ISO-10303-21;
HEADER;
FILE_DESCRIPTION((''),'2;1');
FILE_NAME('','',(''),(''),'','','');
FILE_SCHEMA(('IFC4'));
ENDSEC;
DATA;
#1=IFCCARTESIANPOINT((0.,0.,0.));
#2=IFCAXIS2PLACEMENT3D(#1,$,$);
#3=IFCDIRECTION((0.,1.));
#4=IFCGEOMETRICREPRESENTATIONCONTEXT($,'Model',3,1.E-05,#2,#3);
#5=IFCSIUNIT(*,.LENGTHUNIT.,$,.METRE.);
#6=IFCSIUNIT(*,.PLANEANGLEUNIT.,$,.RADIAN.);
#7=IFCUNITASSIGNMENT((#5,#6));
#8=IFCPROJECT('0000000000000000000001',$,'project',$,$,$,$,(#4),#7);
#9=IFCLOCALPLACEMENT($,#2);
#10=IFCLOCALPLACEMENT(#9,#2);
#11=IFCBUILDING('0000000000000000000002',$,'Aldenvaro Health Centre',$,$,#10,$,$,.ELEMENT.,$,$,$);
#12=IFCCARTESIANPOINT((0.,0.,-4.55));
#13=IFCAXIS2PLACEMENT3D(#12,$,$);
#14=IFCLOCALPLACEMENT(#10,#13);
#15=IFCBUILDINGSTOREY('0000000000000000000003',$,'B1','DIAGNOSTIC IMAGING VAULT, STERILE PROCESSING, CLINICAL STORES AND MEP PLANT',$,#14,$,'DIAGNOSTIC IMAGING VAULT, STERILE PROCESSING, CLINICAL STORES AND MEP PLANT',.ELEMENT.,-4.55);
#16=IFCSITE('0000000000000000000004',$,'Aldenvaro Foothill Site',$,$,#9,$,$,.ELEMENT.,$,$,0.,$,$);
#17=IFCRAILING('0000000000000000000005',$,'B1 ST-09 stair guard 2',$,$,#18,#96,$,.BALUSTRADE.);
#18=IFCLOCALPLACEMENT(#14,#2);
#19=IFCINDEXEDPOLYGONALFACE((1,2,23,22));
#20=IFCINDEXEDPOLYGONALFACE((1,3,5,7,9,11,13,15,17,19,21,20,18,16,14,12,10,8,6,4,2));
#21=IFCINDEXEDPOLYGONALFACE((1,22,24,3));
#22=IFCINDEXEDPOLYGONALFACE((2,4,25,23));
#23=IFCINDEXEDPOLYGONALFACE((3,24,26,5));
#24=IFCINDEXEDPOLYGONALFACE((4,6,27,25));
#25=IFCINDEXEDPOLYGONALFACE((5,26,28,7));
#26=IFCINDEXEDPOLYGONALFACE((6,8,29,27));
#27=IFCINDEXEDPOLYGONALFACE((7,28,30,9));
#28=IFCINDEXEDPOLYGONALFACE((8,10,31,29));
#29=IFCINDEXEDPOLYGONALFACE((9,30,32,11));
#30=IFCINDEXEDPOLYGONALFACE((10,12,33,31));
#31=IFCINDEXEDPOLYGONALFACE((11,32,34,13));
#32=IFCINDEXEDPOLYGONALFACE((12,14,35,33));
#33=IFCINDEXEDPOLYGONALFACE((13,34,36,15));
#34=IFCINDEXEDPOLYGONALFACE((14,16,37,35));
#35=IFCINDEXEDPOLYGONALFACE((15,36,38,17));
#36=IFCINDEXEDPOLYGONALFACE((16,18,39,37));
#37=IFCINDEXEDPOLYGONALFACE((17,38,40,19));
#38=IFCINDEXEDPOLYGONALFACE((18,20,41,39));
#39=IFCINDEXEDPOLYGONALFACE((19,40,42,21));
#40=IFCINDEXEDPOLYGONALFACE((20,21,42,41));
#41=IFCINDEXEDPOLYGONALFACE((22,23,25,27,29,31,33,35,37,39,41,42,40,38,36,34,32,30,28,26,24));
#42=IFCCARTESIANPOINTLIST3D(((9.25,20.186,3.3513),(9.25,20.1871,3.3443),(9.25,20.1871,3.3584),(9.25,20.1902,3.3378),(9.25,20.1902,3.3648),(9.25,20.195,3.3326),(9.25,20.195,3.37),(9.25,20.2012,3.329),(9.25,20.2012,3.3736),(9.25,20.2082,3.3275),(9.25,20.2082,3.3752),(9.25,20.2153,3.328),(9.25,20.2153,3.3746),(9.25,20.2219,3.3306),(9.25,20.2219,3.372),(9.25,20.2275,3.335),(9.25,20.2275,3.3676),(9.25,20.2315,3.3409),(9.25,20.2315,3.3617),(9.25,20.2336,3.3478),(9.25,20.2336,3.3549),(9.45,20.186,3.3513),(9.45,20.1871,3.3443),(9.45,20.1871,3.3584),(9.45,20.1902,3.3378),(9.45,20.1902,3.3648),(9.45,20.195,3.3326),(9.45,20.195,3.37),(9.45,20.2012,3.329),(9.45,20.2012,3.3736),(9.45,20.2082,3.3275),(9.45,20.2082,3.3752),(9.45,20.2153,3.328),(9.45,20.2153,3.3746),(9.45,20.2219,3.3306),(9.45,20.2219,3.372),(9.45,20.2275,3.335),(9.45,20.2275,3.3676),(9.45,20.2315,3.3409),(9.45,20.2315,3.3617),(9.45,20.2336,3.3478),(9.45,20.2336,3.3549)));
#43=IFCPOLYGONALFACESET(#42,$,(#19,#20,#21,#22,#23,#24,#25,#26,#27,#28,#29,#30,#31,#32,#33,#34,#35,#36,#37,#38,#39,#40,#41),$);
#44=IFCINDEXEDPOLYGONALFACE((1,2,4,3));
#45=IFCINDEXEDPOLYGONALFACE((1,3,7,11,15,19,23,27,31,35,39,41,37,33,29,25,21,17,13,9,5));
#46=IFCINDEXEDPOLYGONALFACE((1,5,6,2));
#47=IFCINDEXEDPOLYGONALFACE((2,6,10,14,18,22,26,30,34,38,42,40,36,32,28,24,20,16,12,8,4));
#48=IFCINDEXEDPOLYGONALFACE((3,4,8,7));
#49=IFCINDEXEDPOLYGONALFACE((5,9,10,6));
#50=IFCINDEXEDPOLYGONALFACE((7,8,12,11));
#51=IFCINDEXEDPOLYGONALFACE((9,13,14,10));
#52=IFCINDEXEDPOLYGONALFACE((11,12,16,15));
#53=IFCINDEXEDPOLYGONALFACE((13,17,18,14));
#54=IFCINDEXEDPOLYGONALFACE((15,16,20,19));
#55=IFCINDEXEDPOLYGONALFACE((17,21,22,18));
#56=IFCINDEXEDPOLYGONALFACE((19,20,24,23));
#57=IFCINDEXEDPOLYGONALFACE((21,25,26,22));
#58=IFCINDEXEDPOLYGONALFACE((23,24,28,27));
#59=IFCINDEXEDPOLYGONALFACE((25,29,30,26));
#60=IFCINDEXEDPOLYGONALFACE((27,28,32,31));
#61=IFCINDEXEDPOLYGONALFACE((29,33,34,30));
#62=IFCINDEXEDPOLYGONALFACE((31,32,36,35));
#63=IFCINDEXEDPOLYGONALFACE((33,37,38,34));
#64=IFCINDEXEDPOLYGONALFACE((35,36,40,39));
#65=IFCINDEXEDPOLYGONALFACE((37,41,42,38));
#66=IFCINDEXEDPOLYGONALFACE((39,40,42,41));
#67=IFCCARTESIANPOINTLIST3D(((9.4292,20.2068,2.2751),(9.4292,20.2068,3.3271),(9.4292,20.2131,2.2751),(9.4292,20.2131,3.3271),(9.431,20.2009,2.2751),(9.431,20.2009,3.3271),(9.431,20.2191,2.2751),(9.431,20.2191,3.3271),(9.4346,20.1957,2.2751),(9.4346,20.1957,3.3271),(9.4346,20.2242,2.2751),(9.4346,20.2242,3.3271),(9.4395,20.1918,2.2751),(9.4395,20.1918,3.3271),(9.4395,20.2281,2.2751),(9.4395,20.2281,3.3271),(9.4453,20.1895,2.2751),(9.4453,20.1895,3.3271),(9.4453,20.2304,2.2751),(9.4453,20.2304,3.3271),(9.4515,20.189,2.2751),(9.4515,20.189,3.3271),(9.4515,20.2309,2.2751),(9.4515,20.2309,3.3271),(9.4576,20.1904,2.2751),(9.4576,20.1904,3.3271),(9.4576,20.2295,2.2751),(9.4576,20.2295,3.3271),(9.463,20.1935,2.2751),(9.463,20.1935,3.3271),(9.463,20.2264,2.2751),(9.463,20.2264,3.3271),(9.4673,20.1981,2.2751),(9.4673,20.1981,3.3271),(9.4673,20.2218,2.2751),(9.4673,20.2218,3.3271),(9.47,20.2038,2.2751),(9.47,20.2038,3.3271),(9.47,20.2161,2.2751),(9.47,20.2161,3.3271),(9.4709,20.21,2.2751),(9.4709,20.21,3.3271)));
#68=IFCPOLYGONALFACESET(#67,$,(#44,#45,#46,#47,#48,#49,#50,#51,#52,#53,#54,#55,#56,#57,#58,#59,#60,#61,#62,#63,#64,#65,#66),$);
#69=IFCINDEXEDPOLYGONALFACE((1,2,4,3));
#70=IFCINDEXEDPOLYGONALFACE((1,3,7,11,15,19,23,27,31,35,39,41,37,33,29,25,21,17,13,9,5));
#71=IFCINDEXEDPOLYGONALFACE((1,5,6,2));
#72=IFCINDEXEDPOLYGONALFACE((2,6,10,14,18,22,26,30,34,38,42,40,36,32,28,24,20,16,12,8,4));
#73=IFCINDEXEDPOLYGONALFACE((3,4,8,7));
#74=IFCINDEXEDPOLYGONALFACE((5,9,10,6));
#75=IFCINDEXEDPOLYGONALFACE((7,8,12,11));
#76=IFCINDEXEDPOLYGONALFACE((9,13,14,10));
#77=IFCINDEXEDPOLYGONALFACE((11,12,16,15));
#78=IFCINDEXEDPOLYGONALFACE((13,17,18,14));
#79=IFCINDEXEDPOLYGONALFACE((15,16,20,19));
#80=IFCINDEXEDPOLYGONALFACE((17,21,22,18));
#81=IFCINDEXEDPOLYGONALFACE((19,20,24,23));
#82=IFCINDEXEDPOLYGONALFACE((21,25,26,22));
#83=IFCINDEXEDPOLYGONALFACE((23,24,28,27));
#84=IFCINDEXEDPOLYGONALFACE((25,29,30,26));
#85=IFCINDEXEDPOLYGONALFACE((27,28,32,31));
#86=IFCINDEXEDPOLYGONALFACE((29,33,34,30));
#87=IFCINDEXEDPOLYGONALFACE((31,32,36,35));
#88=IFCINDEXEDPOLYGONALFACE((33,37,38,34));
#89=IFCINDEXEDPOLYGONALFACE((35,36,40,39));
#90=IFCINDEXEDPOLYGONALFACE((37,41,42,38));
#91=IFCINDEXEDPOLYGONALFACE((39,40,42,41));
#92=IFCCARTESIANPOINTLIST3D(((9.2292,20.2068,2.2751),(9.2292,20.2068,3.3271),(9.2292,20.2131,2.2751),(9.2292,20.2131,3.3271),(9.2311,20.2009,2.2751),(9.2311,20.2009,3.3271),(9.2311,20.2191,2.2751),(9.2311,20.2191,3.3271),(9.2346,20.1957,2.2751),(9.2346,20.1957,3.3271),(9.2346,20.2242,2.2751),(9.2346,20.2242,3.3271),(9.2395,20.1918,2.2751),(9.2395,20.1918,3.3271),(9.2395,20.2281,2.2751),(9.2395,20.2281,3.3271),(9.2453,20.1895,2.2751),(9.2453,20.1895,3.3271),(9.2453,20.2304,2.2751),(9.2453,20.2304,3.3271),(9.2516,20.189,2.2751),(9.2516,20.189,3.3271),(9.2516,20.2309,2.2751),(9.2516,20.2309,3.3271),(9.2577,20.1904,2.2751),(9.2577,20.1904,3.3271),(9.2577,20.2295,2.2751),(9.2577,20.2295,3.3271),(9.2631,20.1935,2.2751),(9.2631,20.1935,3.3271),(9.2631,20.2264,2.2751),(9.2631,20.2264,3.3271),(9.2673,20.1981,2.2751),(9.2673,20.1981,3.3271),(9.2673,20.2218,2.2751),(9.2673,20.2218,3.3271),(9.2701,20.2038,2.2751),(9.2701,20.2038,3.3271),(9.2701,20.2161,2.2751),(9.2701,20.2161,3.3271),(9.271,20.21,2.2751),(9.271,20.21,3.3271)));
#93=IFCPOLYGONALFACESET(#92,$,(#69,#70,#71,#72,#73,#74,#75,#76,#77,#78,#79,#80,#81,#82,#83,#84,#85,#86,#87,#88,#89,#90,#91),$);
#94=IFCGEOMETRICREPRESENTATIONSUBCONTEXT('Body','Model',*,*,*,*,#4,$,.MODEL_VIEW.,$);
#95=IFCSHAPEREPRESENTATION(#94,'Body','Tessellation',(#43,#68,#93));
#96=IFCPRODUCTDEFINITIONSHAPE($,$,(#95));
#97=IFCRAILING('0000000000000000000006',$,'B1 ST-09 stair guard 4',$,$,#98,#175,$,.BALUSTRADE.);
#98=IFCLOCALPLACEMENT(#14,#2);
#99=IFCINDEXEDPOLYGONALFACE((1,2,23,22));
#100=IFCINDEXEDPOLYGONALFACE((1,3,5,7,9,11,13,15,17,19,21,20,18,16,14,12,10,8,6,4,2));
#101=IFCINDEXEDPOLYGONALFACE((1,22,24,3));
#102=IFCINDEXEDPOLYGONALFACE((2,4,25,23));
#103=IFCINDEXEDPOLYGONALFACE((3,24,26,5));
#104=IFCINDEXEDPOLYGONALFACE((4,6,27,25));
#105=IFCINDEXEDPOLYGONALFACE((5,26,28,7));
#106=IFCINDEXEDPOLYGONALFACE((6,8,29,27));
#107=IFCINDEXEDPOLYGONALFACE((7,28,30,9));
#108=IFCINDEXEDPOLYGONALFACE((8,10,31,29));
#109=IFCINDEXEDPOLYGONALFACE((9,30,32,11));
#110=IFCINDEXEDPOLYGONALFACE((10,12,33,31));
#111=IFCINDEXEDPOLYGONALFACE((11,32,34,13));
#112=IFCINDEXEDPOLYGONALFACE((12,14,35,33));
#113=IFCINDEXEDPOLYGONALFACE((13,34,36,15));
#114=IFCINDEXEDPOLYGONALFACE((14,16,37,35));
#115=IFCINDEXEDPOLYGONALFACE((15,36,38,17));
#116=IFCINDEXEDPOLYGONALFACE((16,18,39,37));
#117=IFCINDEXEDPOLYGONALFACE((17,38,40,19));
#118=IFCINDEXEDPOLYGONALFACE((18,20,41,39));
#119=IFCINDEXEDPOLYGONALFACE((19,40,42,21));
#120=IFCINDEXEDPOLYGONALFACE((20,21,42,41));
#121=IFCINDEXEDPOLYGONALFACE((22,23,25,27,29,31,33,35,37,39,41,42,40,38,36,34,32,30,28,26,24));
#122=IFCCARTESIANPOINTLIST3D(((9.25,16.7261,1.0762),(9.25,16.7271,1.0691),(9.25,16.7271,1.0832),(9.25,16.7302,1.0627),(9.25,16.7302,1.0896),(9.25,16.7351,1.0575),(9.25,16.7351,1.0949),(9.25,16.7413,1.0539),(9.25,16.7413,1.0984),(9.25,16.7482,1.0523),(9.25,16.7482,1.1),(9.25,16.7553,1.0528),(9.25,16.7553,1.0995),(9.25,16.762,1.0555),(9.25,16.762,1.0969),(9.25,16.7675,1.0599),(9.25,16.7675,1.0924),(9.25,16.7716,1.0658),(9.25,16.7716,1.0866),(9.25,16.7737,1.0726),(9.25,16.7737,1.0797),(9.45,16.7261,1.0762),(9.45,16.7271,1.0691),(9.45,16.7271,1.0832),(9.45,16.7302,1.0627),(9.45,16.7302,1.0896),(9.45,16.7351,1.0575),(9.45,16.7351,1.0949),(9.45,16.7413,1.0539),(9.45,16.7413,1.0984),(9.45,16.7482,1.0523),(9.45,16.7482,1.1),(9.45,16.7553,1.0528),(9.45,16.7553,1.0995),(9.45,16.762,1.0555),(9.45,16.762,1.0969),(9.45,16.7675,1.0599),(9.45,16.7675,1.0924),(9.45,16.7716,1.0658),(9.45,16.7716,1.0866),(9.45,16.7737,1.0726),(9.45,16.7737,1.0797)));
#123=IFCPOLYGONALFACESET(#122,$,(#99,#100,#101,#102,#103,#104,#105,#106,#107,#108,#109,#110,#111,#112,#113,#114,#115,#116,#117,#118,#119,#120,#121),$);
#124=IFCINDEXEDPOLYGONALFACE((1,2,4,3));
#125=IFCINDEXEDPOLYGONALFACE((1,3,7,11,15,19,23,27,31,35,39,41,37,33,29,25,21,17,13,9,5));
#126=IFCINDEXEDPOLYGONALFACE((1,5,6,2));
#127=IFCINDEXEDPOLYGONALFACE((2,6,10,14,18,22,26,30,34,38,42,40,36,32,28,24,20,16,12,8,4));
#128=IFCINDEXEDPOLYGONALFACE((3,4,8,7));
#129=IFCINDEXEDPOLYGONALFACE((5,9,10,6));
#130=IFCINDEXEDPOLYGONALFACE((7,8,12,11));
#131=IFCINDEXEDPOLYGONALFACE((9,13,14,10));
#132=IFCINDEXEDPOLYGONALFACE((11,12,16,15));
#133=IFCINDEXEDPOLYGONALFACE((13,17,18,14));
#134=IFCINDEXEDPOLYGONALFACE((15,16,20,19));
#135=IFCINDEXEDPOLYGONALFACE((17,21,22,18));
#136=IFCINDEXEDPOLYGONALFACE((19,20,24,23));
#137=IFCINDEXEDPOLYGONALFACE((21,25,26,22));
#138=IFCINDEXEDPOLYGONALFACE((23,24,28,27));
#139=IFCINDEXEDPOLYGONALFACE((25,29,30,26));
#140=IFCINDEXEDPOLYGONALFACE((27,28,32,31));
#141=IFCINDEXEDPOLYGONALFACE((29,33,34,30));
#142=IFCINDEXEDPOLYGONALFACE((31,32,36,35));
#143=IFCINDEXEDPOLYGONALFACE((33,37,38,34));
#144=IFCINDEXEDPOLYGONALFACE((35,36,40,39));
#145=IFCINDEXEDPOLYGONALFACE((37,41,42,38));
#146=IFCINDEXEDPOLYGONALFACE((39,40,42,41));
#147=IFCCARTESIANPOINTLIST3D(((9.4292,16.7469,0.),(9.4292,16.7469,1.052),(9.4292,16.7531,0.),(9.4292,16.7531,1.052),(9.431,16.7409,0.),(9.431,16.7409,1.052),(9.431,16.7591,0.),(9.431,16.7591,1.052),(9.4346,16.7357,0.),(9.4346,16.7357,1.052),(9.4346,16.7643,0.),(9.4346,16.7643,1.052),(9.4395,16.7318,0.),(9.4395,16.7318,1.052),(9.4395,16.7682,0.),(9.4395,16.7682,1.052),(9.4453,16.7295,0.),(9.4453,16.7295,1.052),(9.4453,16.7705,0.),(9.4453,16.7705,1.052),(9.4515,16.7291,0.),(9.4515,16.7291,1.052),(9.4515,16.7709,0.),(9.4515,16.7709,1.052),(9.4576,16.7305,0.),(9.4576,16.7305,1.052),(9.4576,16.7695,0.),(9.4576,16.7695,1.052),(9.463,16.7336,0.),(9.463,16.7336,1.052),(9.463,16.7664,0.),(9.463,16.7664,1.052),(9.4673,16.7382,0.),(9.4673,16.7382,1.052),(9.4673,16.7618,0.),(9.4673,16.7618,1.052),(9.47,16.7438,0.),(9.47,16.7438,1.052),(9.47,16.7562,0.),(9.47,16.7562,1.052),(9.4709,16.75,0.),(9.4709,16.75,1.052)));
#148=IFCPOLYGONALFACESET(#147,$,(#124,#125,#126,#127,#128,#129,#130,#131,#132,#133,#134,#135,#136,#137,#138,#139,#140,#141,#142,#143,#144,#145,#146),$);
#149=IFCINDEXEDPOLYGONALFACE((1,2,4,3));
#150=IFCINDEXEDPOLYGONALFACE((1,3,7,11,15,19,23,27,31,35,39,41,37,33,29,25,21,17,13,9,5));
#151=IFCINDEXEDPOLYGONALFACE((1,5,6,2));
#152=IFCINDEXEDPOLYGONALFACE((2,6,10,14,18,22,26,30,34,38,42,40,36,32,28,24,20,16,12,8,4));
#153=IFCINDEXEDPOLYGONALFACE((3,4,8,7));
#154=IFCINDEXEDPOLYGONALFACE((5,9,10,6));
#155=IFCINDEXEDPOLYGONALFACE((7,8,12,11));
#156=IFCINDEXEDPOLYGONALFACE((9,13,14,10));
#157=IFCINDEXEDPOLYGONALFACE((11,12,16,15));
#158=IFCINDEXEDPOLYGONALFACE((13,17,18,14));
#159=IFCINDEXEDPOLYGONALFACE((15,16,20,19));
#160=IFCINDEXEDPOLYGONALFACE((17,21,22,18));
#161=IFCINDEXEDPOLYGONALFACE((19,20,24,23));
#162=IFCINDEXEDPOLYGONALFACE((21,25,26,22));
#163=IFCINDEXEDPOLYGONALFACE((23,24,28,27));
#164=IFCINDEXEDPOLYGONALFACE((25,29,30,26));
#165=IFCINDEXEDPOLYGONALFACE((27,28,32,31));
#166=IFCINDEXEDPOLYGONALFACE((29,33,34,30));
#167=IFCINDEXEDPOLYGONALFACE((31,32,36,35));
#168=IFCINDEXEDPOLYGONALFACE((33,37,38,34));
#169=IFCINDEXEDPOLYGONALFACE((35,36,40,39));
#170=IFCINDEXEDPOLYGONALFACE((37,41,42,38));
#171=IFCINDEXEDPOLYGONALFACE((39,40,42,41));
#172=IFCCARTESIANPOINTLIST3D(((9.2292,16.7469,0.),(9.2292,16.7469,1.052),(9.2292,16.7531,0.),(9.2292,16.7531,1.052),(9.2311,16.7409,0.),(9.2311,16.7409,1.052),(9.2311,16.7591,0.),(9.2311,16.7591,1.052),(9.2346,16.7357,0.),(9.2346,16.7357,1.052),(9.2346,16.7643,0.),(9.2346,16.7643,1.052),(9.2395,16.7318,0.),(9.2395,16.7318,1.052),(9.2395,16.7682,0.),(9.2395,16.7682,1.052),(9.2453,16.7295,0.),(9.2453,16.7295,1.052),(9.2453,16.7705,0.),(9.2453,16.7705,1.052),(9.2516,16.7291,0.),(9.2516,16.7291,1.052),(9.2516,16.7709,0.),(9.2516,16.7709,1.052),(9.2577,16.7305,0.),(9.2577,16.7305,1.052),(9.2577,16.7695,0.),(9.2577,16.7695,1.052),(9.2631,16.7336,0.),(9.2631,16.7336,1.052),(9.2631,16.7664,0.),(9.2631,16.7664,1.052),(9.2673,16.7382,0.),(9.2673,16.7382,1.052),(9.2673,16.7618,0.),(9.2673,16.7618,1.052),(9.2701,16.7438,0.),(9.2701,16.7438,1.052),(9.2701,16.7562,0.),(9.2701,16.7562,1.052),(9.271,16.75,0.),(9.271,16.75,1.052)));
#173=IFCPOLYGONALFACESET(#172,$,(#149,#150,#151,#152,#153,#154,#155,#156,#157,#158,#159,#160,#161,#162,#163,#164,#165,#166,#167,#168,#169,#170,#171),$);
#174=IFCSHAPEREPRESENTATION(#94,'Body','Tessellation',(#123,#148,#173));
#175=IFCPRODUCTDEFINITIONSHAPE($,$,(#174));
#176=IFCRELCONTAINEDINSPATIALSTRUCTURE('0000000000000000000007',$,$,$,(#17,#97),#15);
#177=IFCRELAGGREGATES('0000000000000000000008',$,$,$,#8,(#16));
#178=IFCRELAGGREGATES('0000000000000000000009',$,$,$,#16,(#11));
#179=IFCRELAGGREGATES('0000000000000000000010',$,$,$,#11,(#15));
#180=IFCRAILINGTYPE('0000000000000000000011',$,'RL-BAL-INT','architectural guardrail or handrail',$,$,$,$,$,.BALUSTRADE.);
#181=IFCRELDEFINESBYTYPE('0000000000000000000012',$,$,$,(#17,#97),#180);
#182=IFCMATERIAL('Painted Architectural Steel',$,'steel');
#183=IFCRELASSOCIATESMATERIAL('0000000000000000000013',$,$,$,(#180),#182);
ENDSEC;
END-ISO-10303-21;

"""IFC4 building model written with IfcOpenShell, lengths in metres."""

from ifc_helpers import new_model, si_unit, direction, frame, origin, origin_2d, place, context, subcontext, project, spatial, circle, extrude, material, type_object, element, save


model = new_model("IFC4")

# Units and contexts
model_context = context("Model", 3, precision=1e-05, world=origin(), true_north=direction((0.0, 1.0)))
body_context = subcontext(model_context, "Body", "Model", "MODEL_VIEW")
ifc_project = project(units=[si_unit("LENGTHUNIT", "METRE"), si_unit("PLANEANGLEUNIT", "RADIAN")], contexts=[model_context])

# Site, building, storey
site_placement = place(None, origin())
site = spatial("IfcSite", under=ifc_project, at=site_placement, Name="Aldenvaro Foothill Site", CompositionType="ELEMENT", RefElevation=0.0)
building_placement = place(site_placement, origin())
building = spatial("IfcBuilding", under=site, at=building_placement, Name="Aldenvaro Health Centre", CompositionType="ELEMENT")
storey_placement = place(building_placement, frame((0.0, 0.0, -4.55)))
storey = spatial("IfcBuildingStorey", under=building, at=storey_placement, Name="B1", Description="DIAGNOSTIC IMAGING VAULT, STERILE PROCESSING, CLINICAL STORES AND MEP PLANT", LongName="DIAGNOSTIC IMAGING VAULT, STERILE PROCESSING, CLINICAL STORES AND MEP PLANT", CompositionType="ELEMENT", Elevation=-4.55)

# Railings
ifc_material_1 = material(Name="Painted Architectural Steel", Category="steel")
railing_type_1 = type_object("IfcRailingType", Name="RL-BAL-INT", Description="architectural guardrail or handrail", PredefinedType="BALUSTRADE", material=ifc_material_1)
for number, where, name in (
    (1, (9.45, 20.21, 2.2751), "B1 ST-09 stair guard 2"),
    (2, (9.45, 16.75, 0.0), "B1 ST-09 stair guard 4"),
):
    element("IfcRailing", number, at=place(storey_placement, frame(where)), inside=storey, type_object=railing_type_1, Name=name, PredefinedType="BALUSTRADE", context=body_context, shape_type="SweptSolid", body=[
        extrude(circle(Radius=0.0239, at=origin_2d()), frame((0.0, 0.0, 1.0762), z_axis=(-1.0, 0.0, 0.0), x_axis=(0.0, -1.0, 0.0)), (0.0, 0.0, 1.0), 0.2),
        extrude(circle(Radius=0.021, at=origin_2d()), origin(), (0.0, 0.0, 1.0), 1.052),
        extrude(circle(Radius=0.021, at=origin_2d()), frame((-0.2, 0.0, 0.0)), (0.0, 0.0, 1.0), 1.052),
    ])

save(model, "model.ifc")
